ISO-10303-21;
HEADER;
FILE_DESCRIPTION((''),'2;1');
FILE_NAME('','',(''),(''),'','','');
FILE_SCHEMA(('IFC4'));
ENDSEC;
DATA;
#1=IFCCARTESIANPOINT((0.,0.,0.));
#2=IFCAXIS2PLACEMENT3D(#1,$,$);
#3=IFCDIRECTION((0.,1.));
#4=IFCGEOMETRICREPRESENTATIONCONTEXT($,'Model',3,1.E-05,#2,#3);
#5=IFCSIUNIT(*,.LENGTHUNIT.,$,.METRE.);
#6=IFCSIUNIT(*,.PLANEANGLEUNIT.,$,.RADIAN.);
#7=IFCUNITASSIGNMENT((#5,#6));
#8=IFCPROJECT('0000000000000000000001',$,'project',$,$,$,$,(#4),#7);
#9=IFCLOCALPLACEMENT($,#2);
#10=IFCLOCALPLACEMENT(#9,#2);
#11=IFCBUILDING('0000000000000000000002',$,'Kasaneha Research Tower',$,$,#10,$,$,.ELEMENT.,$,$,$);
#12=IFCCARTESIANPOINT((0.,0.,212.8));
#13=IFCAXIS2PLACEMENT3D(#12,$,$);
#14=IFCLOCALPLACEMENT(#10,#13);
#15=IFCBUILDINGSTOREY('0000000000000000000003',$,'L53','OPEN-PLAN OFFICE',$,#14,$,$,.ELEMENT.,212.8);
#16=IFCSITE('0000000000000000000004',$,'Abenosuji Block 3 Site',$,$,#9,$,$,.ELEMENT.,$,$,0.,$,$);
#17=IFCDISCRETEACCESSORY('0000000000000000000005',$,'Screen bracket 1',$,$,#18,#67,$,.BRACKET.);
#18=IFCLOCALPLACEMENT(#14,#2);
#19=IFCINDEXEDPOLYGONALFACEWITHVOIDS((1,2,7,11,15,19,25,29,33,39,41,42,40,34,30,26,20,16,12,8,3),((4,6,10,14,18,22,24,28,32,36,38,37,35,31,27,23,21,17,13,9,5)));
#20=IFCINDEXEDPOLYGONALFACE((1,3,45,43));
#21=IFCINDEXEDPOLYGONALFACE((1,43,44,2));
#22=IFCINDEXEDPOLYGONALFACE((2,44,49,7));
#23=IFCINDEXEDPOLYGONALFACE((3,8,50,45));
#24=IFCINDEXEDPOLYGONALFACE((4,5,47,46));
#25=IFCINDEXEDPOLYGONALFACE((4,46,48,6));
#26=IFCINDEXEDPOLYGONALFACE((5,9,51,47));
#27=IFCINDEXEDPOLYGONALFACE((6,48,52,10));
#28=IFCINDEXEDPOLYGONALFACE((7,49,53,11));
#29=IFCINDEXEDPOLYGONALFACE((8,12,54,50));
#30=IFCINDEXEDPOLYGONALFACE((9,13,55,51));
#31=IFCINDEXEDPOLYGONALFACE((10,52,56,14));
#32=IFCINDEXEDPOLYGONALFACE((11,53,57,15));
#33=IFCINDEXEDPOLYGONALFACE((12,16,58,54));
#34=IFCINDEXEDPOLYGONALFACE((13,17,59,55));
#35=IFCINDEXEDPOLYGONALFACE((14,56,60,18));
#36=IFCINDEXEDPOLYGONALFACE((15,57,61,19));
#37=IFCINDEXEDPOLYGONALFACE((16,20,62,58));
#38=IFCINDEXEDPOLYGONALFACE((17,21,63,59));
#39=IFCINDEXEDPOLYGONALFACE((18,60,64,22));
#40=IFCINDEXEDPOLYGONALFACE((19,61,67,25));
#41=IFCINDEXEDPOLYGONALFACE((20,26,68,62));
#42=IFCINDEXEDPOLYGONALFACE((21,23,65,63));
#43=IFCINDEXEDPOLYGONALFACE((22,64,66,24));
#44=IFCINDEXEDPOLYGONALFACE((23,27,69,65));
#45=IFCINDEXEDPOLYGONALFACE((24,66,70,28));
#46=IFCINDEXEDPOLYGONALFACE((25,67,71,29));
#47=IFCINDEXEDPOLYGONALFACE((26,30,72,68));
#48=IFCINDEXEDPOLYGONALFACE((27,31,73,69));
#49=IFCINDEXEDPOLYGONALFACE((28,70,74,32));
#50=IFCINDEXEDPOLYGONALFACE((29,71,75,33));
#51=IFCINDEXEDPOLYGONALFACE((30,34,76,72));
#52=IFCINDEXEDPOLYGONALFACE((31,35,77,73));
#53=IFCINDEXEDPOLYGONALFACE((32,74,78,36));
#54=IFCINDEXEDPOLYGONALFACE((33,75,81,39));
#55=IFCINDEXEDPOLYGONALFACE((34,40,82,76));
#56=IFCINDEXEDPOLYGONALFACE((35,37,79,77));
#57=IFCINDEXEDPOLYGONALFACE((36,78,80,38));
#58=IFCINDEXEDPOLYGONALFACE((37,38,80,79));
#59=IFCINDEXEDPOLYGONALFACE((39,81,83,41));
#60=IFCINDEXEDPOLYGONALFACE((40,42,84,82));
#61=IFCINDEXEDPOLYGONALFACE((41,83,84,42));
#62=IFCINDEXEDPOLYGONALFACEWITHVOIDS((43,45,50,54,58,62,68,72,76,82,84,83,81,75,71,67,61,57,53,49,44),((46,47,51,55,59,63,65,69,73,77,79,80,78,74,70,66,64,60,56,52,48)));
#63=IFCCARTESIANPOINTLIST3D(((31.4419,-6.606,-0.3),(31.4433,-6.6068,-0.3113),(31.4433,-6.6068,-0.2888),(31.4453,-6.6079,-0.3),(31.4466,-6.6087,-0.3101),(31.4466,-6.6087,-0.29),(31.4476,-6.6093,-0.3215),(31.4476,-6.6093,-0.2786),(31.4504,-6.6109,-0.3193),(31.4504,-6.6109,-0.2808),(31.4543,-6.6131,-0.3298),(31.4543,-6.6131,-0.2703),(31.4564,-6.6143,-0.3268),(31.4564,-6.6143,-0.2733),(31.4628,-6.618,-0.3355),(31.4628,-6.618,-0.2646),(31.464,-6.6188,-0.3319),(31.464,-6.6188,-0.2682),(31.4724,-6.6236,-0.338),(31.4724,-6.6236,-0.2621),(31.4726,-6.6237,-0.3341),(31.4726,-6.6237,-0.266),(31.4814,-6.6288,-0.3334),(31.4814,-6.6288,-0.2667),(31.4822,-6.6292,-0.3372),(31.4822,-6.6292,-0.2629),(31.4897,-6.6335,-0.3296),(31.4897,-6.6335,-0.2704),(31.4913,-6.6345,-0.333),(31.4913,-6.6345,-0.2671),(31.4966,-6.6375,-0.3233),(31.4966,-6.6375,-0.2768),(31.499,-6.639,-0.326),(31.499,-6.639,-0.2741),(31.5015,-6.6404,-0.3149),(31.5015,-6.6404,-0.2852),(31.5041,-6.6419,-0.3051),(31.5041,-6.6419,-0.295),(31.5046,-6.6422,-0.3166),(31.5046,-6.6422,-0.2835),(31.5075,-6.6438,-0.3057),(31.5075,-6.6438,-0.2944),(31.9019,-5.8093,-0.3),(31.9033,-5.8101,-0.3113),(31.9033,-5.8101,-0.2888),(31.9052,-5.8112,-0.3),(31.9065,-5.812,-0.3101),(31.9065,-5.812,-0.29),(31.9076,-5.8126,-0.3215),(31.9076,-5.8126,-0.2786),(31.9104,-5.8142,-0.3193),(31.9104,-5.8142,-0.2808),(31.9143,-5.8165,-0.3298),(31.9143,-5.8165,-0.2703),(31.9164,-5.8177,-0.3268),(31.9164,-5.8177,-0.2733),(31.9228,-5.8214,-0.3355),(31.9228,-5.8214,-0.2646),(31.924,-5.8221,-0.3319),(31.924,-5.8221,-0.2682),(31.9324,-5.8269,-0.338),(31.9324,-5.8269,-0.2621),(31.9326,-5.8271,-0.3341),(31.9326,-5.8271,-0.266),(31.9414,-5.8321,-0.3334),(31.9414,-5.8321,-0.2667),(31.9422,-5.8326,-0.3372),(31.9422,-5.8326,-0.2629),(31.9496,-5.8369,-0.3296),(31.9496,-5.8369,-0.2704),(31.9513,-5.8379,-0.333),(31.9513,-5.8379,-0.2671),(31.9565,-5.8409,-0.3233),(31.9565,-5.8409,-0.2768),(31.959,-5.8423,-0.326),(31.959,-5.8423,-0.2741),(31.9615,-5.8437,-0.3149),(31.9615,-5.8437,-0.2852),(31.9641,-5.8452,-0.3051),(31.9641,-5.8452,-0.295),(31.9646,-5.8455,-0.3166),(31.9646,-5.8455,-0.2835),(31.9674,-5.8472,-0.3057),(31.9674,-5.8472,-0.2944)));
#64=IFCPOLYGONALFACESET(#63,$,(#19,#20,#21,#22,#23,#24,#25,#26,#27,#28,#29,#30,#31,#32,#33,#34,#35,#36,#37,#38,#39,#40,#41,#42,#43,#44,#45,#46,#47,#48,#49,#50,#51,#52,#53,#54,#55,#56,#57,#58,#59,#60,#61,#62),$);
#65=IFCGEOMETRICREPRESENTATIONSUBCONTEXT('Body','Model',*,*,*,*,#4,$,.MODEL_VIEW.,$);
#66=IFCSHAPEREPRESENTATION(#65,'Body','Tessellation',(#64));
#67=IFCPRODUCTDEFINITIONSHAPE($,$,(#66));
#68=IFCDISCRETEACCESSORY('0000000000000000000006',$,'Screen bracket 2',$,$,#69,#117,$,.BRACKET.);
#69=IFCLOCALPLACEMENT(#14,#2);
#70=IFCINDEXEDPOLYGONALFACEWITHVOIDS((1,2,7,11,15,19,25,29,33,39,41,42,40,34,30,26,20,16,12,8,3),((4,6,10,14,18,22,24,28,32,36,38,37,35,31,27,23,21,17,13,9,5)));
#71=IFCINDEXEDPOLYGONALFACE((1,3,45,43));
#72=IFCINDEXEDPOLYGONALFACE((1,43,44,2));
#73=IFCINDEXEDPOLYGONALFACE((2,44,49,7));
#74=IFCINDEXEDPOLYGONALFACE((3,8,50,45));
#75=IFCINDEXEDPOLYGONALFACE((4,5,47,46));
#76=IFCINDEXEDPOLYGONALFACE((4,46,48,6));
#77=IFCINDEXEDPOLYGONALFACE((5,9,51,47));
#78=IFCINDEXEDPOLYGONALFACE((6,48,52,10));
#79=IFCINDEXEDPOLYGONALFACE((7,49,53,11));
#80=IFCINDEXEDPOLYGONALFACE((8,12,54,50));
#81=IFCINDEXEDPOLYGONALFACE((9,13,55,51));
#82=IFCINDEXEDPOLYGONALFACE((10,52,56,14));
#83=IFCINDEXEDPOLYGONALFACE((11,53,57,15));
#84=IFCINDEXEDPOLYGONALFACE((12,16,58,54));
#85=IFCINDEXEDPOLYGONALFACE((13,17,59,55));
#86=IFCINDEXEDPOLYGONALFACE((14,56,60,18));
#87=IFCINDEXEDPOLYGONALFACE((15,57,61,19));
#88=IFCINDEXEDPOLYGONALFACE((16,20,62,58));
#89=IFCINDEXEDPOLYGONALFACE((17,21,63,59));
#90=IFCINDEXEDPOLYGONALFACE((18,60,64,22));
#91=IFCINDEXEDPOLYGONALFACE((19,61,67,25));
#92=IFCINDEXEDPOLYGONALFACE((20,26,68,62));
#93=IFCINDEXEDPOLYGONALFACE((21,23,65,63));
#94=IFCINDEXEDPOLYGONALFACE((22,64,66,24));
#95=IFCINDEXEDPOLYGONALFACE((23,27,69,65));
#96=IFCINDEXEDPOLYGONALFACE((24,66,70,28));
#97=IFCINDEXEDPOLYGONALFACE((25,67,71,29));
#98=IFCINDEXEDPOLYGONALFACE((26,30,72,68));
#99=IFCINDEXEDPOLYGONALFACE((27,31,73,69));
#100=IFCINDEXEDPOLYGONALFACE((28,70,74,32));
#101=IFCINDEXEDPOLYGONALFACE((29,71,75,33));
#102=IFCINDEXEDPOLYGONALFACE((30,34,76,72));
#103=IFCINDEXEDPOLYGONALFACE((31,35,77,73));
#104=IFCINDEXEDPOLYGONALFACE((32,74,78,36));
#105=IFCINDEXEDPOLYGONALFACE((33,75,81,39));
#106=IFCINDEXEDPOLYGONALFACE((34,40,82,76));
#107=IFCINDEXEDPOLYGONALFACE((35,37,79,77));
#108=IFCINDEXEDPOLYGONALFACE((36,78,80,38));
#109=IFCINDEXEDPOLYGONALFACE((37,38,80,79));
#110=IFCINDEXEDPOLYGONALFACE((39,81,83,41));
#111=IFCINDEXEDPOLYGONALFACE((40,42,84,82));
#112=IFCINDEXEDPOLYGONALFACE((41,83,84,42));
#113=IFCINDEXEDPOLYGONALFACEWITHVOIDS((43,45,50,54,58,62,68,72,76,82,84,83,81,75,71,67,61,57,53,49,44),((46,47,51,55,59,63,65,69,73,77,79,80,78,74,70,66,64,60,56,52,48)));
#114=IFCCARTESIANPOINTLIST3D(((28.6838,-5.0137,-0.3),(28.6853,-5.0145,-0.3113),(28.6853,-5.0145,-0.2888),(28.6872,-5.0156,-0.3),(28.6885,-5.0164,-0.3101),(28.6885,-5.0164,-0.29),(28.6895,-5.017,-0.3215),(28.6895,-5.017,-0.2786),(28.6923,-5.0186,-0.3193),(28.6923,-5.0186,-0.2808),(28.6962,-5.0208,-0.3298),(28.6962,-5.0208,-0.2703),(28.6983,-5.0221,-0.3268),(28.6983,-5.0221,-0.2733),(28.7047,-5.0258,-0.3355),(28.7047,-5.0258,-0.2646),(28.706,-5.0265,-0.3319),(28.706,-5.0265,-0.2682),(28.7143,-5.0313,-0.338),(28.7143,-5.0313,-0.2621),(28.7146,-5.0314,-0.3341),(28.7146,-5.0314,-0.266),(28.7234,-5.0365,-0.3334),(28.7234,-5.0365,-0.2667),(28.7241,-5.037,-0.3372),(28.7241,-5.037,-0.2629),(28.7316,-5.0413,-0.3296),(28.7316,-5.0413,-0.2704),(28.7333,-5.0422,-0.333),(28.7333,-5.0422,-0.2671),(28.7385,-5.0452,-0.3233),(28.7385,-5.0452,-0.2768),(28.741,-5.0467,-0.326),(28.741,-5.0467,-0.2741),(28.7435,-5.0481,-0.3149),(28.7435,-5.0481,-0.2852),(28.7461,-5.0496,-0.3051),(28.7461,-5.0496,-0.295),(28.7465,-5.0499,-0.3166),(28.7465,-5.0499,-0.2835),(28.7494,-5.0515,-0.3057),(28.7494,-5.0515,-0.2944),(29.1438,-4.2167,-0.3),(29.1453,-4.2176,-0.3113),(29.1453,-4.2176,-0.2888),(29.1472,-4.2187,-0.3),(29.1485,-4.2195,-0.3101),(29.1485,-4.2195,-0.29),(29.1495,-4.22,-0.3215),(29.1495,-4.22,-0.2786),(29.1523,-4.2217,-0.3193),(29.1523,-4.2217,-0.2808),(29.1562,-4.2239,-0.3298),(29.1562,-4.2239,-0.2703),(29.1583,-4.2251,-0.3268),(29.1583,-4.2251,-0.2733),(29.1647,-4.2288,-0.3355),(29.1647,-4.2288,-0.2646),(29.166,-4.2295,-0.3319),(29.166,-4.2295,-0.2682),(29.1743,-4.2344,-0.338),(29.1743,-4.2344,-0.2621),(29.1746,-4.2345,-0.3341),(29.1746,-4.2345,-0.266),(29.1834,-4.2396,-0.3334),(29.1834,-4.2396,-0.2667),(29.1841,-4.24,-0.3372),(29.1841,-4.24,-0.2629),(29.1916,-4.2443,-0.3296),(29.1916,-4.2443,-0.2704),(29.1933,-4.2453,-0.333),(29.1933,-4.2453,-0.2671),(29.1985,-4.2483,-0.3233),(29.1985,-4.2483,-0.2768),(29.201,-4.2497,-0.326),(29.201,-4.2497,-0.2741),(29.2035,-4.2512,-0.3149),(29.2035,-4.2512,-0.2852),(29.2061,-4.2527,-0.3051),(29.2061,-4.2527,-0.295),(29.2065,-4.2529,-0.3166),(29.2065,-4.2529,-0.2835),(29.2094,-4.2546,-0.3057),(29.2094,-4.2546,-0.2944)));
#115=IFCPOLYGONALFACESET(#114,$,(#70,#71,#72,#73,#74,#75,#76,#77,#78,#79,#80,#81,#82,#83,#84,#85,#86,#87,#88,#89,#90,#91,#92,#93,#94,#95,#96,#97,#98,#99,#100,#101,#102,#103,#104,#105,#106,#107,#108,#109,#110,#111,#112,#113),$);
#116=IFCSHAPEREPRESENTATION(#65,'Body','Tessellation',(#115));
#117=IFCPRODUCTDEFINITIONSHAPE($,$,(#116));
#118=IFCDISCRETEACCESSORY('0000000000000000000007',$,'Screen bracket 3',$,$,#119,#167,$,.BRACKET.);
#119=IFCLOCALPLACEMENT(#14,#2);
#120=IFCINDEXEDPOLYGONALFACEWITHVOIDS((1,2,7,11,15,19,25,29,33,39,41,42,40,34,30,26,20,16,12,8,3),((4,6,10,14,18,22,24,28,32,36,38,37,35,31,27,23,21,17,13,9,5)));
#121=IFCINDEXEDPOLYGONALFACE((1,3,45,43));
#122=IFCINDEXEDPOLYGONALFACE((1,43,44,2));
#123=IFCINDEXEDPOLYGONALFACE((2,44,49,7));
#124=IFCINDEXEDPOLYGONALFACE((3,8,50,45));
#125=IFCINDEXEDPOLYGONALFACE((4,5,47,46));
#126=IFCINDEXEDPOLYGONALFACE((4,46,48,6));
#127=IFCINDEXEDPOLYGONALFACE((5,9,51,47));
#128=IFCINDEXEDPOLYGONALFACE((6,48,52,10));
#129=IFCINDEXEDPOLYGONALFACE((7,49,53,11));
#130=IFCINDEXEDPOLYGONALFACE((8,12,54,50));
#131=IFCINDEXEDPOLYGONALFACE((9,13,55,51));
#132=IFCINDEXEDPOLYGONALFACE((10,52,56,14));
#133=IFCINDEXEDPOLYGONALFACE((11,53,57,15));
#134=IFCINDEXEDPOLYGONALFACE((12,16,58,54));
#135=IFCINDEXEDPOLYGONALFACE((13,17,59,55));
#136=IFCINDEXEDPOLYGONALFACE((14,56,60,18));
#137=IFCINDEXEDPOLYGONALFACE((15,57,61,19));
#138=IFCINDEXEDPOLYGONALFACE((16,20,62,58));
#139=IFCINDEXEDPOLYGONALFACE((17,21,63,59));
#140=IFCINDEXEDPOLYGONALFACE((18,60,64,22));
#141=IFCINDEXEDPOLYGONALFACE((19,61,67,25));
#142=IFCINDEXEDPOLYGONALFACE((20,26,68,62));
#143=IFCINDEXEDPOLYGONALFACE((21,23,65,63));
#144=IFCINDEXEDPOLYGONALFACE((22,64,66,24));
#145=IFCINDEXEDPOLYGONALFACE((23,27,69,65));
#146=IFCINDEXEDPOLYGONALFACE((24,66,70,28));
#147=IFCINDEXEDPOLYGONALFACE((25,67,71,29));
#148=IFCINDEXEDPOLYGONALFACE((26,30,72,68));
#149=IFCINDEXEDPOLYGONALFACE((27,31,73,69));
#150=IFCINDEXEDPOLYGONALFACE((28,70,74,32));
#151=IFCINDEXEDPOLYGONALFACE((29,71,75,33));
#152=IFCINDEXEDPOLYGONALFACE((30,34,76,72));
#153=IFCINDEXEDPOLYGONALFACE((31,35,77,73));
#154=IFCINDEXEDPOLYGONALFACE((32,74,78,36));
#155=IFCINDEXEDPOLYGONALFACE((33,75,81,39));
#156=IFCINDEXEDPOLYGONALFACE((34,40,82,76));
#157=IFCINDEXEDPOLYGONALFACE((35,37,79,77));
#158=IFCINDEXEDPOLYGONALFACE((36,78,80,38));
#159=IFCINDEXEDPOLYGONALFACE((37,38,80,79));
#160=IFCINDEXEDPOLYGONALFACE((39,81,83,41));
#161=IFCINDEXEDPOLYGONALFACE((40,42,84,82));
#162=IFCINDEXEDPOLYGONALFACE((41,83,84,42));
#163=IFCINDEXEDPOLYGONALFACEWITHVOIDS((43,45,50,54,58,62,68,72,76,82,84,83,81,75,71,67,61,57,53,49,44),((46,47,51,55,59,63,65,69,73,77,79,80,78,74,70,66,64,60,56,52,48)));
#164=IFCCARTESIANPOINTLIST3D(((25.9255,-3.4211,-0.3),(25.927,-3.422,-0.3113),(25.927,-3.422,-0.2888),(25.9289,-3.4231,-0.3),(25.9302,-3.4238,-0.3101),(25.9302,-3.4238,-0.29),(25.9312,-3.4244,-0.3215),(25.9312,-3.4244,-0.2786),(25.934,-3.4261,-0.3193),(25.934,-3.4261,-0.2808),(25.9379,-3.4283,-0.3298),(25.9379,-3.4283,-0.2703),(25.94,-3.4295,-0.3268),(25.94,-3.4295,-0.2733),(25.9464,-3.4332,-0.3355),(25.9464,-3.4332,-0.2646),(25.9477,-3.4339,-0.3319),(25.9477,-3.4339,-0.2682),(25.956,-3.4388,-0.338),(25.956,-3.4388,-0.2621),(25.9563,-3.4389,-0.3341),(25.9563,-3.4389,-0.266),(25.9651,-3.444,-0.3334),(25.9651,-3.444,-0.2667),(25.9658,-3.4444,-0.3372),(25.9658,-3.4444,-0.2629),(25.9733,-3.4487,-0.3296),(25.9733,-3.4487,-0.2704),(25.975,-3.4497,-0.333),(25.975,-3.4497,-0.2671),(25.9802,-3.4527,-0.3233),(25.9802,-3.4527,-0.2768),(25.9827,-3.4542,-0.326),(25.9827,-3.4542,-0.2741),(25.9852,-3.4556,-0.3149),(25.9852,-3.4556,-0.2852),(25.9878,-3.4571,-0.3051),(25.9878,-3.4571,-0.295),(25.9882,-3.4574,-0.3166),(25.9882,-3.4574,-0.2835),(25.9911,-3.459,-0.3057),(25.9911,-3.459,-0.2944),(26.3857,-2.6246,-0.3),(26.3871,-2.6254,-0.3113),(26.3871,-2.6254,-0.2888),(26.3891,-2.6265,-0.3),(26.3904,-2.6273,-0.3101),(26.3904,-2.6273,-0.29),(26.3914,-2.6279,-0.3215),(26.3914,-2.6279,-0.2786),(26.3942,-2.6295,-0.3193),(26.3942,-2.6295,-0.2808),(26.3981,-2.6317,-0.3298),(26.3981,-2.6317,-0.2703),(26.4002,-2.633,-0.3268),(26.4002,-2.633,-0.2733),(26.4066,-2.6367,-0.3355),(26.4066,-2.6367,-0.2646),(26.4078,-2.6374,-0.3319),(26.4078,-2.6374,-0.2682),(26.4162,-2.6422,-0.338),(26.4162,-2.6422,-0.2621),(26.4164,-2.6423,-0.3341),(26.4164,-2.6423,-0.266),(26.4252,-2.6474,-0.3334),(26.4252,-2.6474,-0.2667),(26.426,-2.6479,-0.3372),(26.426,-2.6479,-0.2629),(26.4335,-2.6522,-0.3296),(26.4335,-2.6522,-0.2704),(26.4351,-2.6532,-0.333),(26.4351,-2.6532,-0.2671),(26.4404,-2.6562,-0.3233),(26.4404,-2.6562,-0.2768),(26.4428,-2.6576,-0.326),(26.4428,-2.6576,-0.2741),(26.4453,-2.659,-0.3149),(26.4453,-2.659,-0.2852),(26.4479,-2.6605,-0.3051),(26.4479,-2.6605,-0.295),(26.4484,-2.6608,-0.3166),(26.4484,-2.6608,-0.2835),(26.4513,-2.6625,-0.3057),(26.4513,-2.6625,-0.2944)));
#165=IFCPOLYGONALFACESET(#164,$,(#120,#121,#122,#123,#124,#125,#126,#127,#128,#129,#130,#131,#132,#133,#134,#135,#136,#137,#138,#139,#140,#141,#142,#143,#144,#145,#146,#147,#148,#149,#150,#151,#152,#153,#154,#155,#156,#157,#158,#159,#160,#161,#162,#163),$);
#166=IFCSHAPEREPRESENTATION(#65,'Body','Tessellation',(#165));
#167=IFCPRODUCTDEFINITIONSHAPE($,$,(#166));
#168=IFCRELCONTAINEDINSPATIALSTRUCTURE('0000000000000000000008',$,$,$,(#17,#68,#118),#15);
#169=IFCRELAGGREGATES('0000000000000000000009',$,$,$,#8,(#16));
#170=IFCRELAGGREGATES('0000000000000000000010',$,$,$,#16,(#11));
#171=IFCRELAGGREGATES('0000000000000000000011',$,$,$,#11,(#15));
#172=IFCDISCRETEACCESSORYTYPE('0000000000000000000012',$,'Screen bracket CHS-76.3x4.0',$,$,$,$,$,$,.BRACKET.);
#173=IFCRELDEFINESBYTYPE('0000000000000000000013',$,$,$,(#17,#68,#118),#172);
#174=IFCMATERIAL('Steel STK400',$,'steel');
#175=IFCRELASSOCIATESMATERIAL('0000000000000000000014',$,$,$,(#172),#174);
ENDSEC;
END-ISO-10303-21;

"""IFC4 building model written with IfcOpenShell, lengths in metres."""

from ifc_helpers import new_model, si_unit, direction, frame, origin, origin_2d, place, context, subcontext, project, spatial, hollow_circle, extrude, material, material_profile, profile_set, type_object, element, save


model = new_model("IFC4")

# Units and contexts
model_context = context("Model", 3, precision=1e-05, world=origin(), true_north=direction((0.0, 1.0)))
body_context = subcontext(model_context, "Body", "Model", "MODEL_VIEW")
ifc_project = project(units=[si_unit("LENGTHUNIT", "METRE"), si_unit("PLANEANGLEUNIT", "RADIAN")], contexts=[model_context])

# Site, building, storey
site_placement = place(None, origin())
site = spatial("IfcSite", under=ifc_project, at=site_placement, Name="Abenosuji Block 3 Site", CompositionType="ELEMENT", RefElevation=0.0)
building_placement = place(site_placement, origin())
building = spatial("IfcBuilding", under=site, at=building_placement, Name="Kasaneha Research Tower", CompositionType="ELEMENT")
storey_placement = place(building_placement, frame((0.0, 0.0, 212.8)))
storey = spatial("IfcBuildingStorey", under=building, at=storey_placement, Name="L53", Description="OPEN-PLAN OFFICE", CompositionType="ELEMENT", Elevation=212.8)

# Discrete accessories
ifc_material_1 = material(Name="Steel STK400", Category="steel")
ifc_material_profile_1 = material_profile(ifc_material_1, hollow_circle(Radius=0.0381, WallThickness=0.0039, at=origin_2d()), Name="CHS-76.3x4.0")
ifc_profile_set_1 = profile_set([ifc_material_profile_1], Name="Steel STK400")
discrete_accessory_type = type_object("IfcDiscreteAccessoryType", Name="Screen bracket CHS-76.3x4.0", PredefinedType="BRACKET", material=ifc_profile_set_1)
discrete_accessory_1_placement = place(storey_placement, frame((31.4749, -6.625, -0.3), z_axis=(0.500021, 0.866013, 0.0), x_axis=(-0.866013, 0.500021, 0.0)))
element("IfcDiscreteAccessory", 1, at=discrete_accessory_1_placement, inside=storey, type_object=discrete_accessory_type, Name="Screen bracket 1", PredefinedType="BRACKET", context=body_context, shape_type="SweptSolid", body=[
    extrude(hollow_circle(Radius=0.0381, WallThickness=0.0039, at=origin_2d()), origin(), (0.0, 0.0, 1.0), 0.9199),
])
discrete_accessory_2_placement = place(storey_placement, frame((28.7168, -5.0327, -0.3), z_axis=(0.499906, 0.86608, 0.0), x_axis=(-0.86608, 0.499906, 0.0)))
element("IfcDiscreteAccessory", 2, at=discrete_accessory_2_placement, inside=storey, type_object=discrete_accessory_type, Name="Screen bracket 2", PredefinedType="BRACKET", context=body_context, shape_type="SweptSolid", body=[
    extrude(hollow_circle(Radius=0.0381, WallThickness=0.0039, at=origin_2d()), origin(), (0.0, 0.0, 1.0), 0.9202),
])
discrete_accessory_3_placement = place(storey_placement, frame((25.9585, -3.4402, -0.3), z_axis=(0.50022, 0.865898, 0.0), x_axis=(-0.865898, 0.50022, 0.0)))
element("IfcDiscreteAccessory", 3, at=discrete_accessory_3_placement, inside=storey, type_object=discrete_accessory_type, Name="Screen bracket 3", PredefinedType="BRACKET", context=body_context, shape_type="SweptSolid", body=[
    extrude(hollow_circle(Radius=0.0381, WallThickness=0.0039, at=origin_2d()), origin(), (0.0, 0.0, 1.0), 0.9199),
])

save(model, "model.ifc")
